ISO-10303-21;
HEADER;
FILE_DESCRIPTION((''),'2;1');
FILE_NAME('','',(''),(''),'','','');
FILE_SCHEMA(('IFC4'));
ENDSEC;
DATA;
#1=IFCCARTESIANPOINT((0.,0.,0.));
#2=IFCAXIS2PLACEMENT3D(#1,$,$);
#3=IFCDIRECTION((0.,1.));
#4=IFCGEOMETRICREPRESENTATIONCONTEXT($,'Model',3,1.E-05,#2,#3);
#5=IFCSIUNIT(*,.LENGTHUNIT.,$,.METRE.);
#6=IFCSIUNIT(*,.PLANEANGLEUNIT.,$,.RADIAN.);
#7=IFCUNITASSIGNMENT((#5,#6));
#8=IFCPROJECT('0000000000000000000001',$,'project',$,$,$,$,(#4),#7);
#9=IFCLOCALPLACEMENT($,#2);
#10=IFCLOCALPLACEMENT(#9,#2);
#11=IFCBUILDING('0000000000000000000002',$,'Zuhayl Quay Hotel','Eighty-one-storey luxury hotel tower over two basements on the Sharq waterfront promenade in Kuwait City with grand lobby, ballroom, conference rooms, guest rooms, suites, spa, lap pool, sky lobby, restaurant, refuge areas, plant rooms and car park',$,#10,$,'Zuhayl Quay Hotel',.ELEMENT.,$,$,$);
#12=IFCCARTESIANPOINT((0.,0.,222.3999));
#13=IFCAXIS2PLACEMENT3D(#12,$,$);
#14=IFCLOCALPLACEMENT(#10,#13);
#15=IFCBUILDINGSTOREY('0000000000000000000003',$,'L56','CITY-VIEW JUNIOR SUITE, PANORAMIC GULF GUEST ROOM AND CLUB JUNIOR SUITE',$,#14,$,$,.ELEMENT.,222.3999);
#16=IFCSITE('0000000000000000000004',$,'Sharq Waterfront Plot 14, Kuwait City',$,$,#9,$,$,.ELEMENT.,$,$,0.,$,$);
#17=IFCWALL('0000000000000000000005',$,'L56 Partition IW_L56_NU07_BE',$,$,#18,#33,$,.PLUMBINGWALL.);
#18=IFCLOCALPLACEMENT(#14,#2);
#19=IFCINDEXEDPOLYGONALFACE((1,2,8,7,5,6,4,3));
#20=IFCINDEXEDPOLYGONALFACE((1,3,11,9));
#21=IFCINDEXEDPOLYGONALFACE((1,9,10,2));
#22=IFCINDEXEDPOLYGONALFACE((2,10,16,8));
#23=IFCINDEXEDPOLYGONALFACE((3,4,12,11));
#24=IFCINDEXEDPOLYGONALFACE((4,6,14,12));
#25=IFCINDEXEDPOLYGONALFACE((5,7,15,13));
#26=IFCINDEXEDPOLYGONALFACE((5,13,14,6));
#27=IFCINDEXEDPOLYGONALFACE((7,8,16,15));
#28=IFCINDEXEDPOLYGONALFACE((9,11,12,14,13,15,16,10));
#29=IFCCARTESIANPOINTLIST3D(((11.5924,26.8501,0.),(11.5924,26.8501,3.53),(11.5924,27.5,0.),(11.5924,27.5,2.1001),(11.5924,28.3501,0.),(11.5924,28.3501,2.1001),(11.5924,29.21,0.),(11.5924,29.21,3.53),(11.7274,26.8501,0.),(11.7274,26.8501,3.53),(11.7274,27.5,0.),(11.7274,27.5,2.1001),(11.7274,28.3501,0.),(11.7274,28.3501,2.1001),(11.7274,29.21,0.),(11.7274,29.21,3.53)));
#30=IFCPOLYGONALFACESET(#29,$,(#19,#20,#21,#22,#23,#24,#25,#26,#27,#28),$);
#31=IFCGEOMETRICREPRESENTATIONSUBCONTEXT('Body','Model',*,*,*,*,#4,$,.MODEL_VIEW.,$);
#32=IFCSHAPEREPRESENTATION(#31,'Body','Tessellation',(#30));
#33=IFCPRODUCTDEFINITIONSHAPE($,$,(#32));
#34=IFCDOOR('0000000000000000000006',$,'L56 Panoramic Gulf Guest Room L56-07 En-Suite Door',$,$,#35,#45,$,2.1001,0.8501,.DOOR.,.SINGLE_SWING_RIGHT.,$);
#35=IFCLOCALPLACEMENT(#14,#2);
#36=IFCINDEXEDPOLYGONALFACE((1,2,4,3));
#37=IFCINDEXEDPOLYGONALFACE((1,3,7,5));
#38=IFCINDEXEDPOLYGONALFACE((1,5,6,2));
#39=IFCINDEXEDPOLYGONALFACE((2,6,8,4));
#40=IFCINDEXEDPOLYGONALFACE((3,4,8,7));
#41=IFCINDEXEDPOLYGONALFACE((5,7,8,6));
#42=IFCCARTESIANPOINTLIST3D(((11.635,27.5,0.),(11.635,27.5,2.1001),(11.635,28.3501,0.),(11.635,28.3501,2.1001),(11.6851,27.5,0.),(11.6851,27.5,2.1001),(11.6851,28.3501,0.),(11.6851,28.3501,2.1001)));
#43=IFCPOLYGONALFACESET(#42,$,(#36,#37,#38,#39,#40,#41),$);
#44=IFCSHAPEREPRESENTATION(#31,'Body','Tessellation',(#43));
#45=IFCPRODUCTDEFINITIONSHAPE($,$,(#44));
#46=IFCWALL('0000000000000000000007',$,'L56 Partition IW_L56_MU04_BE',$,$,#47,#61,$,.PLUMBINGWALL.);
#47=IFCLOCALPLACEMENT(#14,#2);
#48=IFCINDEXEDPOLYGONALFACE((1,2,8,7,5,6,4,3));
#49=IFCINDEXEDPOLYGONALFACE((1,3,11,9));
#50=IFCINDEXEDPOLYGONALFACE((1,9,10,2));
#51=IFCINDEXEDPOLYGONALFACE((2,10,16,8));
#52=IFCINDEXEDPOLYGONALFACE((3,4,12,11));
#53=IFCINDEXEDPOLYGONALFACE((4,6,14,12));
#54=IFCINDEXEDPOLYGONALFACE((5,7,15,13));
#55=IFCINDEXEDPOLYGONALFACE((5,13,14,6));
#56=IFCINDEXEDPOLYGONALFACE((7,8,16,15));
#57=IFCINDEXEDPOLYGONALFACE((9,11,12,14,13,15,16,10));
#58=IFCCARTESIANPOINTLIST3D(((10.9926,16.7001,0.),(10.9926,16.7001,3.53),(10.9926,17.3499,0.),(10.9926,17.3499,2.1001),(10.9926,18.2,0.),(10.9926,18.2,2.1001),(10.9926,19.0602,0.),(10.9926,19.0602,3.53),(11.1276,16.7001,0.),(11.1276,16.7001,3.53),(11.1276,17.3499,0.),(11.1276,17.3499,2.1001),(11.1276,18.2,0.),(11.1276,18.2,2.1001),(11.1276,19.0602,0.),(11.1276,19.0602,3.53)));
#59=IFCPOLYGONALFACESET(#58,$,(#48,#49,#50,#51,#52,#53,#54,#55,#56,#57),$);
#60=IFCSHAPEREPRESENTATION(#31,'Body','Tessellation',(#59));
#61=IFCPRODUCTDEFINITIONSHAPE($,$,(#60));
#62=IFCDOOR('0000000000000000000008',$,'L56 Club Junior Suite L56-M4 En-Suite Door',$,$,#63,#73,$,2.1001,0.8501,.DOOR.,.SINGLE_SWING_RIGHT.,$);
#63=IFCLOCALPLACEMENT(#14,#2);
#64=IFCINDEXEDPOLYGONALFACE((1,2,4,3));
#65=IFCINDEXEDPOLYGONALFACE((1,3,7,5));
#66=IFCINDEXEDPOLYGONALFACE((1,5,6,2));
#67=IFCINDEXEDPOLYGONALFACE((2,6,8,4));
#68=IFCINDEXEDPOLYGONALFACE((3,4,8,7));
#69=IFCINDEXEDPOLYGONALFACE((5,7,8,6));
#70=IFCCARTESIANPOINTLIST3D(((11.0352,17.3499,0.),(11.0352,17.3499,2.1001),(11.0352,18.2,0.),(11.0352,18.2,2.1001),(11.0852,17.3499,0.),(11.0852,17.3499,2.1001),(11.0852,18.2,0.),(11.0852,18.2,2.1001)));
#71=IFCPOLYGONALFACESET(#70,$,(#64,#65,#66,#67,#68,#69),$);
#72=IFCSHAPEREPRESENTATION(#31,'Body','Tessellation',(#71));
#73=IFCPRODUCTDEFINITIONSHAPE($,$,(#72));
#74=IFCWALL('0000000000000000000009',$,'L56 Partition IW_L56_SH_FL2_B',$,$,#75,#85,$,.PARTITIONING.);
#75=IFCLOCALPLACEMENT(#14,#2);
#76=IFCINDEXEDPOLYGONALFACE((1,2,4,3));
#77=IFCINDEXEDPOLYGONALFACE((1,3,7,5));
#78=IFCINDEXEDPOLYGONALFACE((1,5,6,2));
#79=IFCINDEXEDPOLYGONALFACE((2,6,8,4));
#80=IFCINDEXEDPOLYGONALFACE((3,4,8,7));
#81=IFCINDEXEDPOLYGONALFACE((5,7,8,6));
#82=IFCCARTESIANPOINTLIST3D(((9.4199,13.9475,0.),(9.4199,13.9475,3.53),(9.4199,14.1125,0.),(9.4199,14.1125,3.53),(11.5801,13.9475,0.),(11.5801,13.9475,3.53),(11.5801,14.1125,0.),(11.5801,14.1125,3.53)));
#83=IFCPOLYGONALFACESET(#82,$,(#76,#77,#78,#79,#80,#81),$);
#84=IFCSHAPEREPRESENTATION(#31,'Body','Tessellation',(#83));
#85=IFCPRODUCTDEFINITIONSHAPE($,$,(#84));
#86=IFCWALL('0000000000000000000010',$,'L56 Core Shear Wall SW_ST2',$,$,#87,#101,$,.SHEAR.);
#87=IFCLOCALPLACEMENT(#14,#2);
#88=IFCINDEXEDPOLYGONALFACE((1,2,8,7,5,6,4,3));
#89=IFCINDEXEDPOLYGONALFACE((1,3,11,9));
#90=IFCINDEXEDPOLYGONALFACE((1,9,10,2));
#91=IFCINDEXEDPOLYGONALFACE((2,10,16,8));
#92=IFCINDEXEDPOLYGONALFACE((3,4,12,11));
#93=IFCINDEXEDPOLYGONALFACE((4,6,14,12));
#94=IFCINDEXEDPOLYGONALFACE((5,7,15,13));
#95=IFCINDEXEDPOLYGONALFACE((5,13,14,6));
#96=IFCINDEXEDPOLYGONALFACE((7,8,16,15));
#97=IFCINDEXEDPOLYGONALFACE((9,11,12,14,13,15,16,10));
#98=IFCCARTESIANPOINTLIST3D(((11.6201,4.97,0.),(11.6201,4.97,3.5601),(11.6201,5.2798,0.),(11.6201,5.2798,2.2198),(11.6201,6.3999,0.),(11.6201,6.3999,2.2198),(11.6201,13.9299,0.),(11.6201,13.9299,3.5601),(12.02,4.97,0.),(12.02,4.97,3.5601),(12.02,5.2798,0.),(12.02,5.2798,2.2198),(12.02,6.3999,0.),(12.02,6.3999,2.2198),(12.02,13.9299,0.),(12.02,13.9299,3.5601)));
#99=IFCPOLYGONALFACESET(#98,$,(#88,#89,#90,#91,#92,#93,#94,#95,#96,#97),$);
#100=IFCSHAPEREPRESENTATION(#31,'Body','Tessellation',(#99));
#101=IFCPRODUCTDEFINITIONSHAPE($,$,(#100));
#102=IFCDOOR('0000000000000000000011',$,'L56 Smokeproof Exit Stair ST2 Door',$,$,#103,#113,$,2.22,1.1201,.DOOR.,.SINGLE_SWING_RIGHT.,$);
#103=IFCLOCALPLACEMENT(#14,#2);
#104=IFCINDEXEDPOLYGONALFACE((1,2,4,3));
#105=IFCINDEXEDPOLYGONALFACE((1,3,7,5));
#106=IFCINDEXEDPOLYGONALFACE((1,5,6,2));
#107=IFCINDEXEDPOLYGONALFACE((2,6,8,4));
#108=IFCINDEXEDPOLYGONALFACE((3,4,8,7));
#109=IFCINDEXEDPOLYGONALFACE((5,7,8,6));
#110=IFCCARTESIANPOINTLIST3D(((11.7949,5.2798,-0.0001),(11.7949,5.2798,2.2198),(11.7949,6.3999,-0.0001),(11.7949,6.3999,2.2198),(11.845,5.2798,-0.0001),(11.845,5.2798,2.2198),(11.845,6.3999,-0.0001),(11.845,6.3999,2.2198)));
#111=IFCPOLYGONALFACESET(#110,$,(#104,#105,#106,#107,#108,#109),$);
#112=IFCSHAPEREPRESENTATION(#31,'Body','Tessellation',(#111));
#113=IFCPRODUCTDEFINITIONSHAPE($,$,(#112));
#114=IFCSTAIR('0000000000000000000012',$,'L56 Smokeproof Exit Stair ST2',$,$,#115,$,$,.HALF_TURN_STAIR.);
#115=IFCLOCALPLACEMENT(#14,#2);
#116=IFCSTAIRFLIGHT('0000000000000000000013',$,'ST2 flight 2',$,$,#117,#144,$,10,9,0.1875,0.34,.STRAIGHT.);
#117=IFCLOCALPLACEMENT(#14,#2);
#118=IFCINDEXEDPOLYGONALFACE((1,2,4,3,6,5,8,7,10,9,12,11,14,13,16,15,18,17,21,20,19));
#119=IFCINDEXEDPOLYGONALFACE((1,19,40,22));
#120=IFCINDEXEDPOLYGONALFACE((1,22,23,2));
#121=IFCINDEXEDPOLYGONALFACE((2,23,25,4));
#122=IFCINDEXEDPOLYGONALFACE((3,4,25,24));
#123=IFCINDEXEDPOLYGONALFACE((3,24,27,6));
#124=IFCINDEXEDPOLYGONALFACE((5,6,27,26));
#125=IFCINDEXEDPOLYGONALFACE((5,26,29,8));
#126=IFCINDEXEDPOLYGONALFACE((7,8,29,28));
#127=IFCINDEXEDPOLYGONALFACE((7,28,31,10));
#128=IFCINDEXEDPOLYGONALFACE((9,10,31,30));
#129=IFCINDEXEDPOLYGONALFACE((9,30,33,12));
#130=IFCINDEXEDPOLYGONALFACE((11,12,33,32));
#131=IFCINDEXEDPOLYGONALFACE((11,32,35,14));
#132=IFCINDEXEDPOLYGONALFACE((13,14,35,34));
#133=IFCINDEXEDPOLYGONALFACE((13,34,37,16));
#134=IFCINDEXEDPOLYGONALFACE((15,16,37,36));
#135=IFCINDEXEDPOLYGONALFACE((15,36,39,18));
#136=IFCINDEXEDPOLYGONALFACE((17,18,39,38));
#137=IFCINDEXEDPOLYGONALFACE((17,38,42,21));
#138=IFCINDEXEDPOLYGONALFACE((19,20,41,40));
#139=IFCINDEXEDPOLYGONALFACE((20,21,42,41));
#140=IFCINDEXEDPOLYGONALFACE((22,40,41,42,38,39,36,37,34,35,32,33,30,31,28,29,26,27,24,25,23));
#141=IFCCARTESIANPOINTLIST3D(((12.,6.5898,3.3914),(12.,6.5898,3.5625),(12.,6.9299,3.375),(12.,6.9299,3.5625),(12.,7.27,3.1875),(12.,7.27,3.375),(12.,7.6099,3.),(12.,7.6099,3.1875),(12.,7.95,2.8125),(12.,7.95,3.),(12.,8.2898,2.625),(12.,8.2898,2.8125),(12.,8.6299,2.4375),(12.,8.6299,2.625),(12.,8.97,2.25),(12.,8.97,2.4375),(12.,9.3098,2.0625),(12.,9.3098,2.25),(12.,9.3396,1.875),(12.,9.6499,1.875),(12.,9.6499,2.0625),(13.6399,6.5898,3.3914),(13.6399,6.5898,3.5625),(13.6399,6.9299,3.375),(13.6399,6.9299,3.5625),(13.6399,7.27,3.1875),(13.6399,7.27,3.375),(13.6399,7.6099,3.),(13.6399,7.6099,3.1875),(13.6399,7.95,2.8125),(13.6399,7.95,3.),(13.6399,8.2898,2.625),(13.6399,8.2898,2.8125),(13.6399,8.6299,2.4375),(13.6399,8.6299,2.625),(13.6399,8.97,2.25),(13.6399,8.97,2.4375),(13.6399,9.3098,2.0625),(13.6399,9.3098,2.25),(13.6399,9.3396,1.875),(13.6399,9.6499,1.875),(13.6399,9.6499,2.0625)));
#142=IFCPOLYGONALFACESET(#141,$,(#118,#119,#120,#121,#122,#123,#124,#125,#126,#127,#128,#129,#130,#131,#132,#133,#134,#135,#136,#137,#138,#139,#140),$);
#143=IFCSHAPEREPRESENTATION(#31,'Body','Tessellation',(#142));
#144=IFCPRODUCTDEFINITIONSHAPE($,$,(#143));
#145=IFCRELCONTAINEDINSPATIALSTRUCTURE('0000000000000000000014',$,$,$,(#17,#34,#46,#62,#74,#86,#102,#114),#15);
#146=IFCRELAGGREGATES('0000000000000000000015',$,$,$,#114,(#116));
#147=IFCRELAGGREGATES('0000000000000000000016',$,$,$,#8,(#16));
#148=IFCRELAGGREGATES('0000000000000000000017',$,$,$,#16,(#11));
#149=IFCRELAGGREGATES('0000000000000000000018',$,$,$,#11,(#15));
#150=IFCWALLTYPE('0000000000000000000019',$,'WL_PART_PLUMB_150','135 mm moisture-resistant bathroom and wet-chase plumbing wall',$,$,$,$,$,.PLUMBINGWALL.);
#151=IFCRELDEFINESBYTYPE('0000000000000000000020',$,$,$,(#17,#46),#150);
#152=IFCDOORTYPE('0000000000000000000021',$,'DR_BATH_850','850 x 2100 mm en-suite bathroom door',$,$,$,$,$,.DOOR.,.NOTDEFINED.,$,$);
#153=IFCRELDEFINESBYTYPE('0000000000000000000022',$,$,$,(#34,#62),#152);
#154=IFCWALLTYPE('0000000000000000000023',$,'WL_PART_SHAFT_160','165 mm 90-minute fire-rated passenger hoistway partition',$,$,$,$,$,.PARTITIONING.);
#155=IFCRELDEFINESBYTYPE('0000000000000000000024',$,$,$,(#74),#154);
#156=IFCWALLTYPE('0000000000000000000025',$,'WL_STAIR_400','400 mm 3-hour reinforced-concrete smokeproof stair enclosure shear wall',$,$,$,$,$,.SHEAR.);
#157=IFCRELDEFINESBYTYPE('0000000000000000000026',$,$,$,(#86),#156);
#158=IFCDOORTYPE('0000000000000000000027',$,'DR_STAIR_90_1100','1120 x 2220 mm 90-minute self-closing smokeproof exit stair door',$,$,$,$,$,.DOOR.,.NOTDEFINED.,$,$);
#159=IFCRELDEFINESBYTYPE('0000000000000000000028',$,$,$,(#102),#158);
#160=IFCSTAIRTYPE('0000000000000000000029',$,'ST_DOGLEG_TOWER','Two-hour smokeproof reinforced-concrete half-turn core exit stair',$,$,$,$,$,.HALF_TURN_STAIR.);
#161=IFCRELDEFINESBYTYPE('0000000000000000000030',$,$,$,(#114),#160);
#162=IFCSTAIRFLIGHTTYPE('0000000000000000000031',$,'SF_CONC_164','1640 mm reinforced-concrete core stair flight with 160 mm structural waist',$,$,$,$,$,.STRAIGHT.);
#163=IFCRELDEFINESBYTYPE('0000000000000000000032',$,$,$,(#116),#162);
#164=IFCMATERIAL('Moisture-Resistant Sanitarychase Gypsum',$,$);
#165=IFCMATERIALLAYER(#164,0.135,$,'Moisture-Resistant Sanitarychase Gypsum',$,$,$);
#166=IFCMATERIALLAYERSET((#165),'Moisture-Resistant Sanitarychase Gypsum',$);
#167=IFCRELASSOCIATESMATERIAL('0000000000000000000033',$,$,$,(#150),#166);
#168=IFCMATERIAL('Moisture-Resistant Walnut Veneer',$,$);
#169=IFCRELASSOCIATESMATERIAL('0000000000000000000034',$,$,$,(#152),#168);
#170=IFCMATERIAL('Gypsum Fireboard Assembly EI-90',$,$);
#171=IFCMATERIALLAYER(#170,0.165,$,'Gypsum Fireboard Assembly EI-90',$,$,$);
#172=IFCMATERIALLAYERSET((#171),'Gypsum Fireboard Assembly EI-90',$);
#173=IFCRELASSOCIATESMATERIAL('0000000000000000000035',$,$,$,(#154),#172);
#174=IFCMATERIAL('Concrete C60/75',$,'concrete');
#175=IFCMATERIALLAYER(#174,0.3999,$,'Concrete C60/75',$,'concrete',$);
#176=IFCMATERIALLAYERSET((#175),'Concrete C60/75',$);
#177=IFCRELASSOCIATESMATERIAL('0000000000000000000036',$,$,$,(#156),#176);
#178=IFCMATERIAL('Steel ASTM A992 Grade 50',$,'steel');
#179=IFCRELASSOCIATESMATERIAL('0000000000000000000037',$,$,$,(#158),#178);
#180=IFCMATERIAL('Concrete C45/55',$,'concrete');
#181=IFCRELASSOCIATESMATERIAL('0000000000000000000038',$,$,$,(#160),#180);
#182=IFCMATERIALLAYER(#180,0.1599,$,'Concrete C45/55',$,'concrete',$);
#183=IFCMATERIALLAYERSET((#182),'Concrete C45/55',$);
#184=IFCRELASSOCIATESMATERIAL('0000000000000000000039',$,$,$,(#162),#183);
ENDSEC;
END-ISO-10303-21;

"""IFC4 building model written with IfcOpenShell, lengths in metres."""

from ifc_helpers import new_model, si_unit, direction, frame, frame_2d, origin, place, context, subcontext, project, spatial, polyline, rectangle, outline, extrude, material, layer, layer_set, type_object, element, fill, aggregate, save


model = new_model("IFC4")

# Units and contexts
model_context = context("Model", 3, precision=1e-05, world=origin(), true_north=direction((0.0, 1.0)))
body_context = subcontext(model_context, "Body", "Model", "MODEL_VIEW")
ifc_project = project(units=[si_unit("LENGTHUNIT", "METRE"), si_unit("PLANEANGLEUNIT", "RADIAN")], contexts=[model_context])

# Site, building, storey
site_placement = place(None, origin())
site = spatial("IfcSite", under=ifc_project, at=site_placement, Name="Sharq Waterfront Plot 14, Kuwait City", CompositionType="ELEMENT", RefElevation=0.0)
building_placement = place(site_placement, origin())
building = spatial("IfcBuilding", under=site, at=building_placement, Name="Zuhayl Quay Hotel", Description="Eighty-one-storey luxury hotel tower over two basements on the Sharq waterfront promenade in Kuwait City with grand lobby, ballroom, conference rooms, guest rooms, suites, spa, lap pool, sky lobby, restaurant, refuge areas, plant rooms and car park", LongName="Zuhayl Quay Hotel", CompositionType="ELEMENT")
storey_placement = place(building_placement, frame((0.0, 0.0, 222.3999)))
storey = spatial("IfcBuildingStorey", under=building, at=storey_placement, Name="L56", Description="CITY-VIEW JUNIOR SUITE, PANORAMIC GULF GUEST ROOM AND CLUB JUNIOR SUITE", CompositionType="ELEMENT", Elevation=222.3999)

# Shared definitions
ifc_material_1 = material(Name="Concrete C60/75", Category="concrete")

# Shared definitions
ifc_material_2 = material(Name="Steel ASTM A992 Grade 50", Category="steel")

# Walls, openings, doors
ifc_material_3 = material(Name="Moisture-Resistant Sanitarychase Gypsum")
ifc_layer_1 = layer(ifc_material_3, 0.135, Name="Moisture-Resistant Sanitarychase Gypsum")
ifc_layer_set_1 = layer_set([ifc_layer_1], Name="Moisture-Resistant Sanitarychase Gypsum")
wall_type_1 = type_object("IfcWallType", Name="WL_PART_PLUMB_150", Description="135 mm moisture-resistant bathroom and wet-chase plumbing wall", PredefinedType="PLUMBINGWALL", material=ifc_layer_set_1)
wall_1_placement = place(storey_placement, frame((11.6599, 26.8501, 0.0), z_axis=(0.0, 0.0, 1.0), x_axis=(0.0, 1.0, 0.0)))
wall_1 = element("IfcWall", 1, at=wall_1_placement, inside=storey, type_object=wall_type_1, Name="L56 Partition IW_L56_NU07_BE", PredefinedType="PLUMBINGWALL", context=body_context, shape_type="SweptSolid", body=[
    extrude(rectangle(XDim=2.3599, YDim=0.135, at=frame_2d((1.1799, 0.0))), origin(), (0.0, 0.0, 1.0), 3.53),
])
opening_1_placement = place(wall_1_placement, frame((0.6499, 0.0, 0.0)))
opening_1 = element("IfcOpeningElement", 2, at=opening_1_placement, cuts=wall_1, PredefinedType="OPENING", context=body_context, shape_type="SweptSolid", body=[
    extrude(rectangle(XDim=0.8501, YDim=2.1001, at=frame_2d((0.425, 1.05))), frame((0.0, 0.0774, 0.0), z_axis=(0.0, -1.0, 0.0), x_axis=(1.0, 0.0, 0.0)), (0.0, 0.0, 1.0), 0.155),
])
ifc_material_4 = material(Name="Moisture-Resistant Walnut Veneer")
door_type_1 = type_object("IfcDoorType", Name="DR_BATH_850", Description="850 x 2100 mm en-suite bathroom door", OperationType="NOTDEFINED", PredefinedType="DOOR", material=ifc_material_4)
door_1_placement = place(opening_1_placement, origin())
door_1 = element("IfcDoor", 3, at=door_1_placement, inside=storey, type_object=door_type_1, Name="L56 Panoramic Gulf Guest Room L56-07 En-Suite Door", OperationType="SINGLE_SWING_RIGHT", OverallHeight=2.1001, OverallWidth=0.8501, PredefinedType="DOOR", context=body_context, shape_type="SweptSolid", body=[
    extrude(rectangle(XDim=0.8501, YDim=2.1001, at=frame_2d((0.425, 1.05))), frame((0.0, 0.0249, 0.0), z_axis=(0.0, -1.0, 0.0), x_axis=(1.0, 0.0, 0.0)), (0.0, 0.0, 1.0), 0.05),
])
fill(opening_1, door_1)
wall_2_placement = place(storey_placement, frame((11.0601, 16.7, 0.0), z_axis=(0.0, 0.0, 1.0), x_axis=(0.0, 1.0, 0.0)))
wall_2 = element("IfcWall", 4, at=wall_2_placement, inside=storey, type_object=wall_type_1, Name="L56 Partition IW_L56_MU04_BE", PredefinedType="PLUMBINGWALL", context=body_context, shape_type="SweptSolid", body=[
    extrude(rectangle(XDim=2.3601, YDim=0.135, at=frame_2d((1.1802, 0.0))), origin(), (0.0, 0.0, 1.0), 3.53),
])
opening_2_placement = place(wall_2_placement, frame((0.6499, 0.0, 0.0)))
opening_2 = element("IfcOpeningElement", 5, at=opening_2_placement, cuts=wall_2, PredefinedType="OPENING", context=body_context, shape_type="SweptSolid", body=[
    extrude(rectangle(XDim=0.8501, YDim=2.1001, at=frame_2d((0.425, 1.05))), frame((0.0, 0.0774, 0.0), z_axis=(0.0, -1.0, 0.0), x_axis=(1.0, 0.0, 0.0)), (0.0, 0.0, 1.0), 0.155),
])
door_2_placement = place(opening_2_placement, origin())
door_2 = element("IfcDoor", 6, at=door_2_placement, inside=storey, type_object=door_type_1, Name="L56 Club Junior Suite L56-M4 En-Suite Door", OperationType="SINGLE_SWING_RIGHT", OverallHeight=2.1001, OverallWidth=0.8501, PredefinedType="DOOR", context=body_context, shape_type="SweptSolid", body=[
    extrude(rectangle(XDim=0.8501, YDim=2.1001, at=frame_2d((0.425, 1.05))), frame((0.0, 0.0249, 0.0), z_axis=(0.0, -1.0, 0.0), x_axis=(1.0, 0.0, 0.0)), (0.0, 0.0, 1.0), 0.05),
])
fill(opening_2, door_2)

# Wall
ifc_material_5 = material(Name="Gypsum Fireboard Assembly EI-90")
ifc_layer_2 = layer(ifc_material_5, 0.165, Name="Gypsum Fireboard Assembly EI-90")
ifc_layer_set_2 = layer_set([ifc_layer_2], Name="Gypsum Fireboard Assembly EI-90")
wall_type_2 = type_object("IfcWallType", Name="WL_PART_SHAFT_160", Description="165 mm 90-minute fire-rated passenger hoistway partition", PredefinedType="PARTITIONING", material=ifc_layer_set_2)
wall_3_placement = place(storey_placement, frame((9.4199, 14.03, 0.0), z_axis=(0.0, 0.0, 1.0), x_axis=(1.0, 0.0, 0.0)))
element("IfcWall", 7, at=wall_3_placement, inside=storey, type_object=wall_type_2, Name="L56 Partition IW_L56_SH_FL2_B", PredefinedType="PARTITIONING", context=body_context, shape_type="SweptSolid", body=[
    extrude(rectangle(XDim=2.1602, YDim=0.165, at=frame_2d((1.0801, 0.0))), origin(), (0.0, 0.0, 1.0), 3.53),
])

# Wall, opening, door
ifc_layer_3 = layer(ifc_material_1, 0.3999, Name="Concrete C60/75", Category="concrete")
ifc_layer_set_3 = layer_set([ifc_layer_3], Name="Concrete C60/75")
wall_type_3 = type_object("IfcWallType", Name="WL_STAIR_400", Description="400 mm 3-hour reinforced-concrete smokeproof stair enclosure shear wall", PredefinedType="SHEAR", material=ifc_layer_set_3)
wall_4_placement = place(storey_placement, frame((11.8201, 13.9299, 0.0), z_axis=(0.0, 0.0, 1.0), x_axis=(0.0, -1.0, 0.0)))
wall_4 = element("IfcWall", 8, at=wall_4_placement, inside=storey, type_object=wall_type_3, Name="L56 Core Shear Wall SW_ST2", PredefinedType="SHEAR", context=body_context, shape_type="SweptSolid", body=[
    extrude(rectangle(XDim=8.96, YDim=0.3999, at=frame_2d((4.48, 0.0))), origin(), (0.0, 0.0, 1.0), 3.5601),
])
opening_3_placement = place(wall_4_placement, frame((7.53, 0.0, 0.0)))
opening_3 = element("IfcOpeningElement", 9, at=opening_3_placement, cuts=wall_4, PredefinedType="OPENING", context=body_context, shape_type="SweptSolid", body=[
    extrude(rectangle(XDim=1.1201, YDim=2.22, at=frame_2d((0.5601, 1.1099))), frame((0.0, 0.21, 0.0), z_axis=(0.0, -1.0, 0.0), x_axis=(1.0, 0.0, 0.0)), (0.0, 0.0, 1.0), 0.4199),
])
door_type_2 = type_object("IfcDoorType", Name="DR_STAIR_90_1100", Description="1120 x 2220 mm 90-minute self-closing smokeproof exit stair door", OperationType="NOTDEFINED", PredefinedType="DOOR", material=ifc_material_2)
door_3_placement = place(opening_3_placement, origin())
door_3 = element("IfcDoor", 10, at=door_3_placement, inside=storey, type_object=door_type_2, Name="L56 Smokeproof Exit Stair ST2 Door", OperationType="SINGLE_SWING_RIGHT", OverallHeight=2.22, OverallWidth=1.1201, PredefinedType="DOOR", context=body_context, shape_type="SweptSolid", body=[
    extrude(rectangle(XDim=1.1201, YDim=2.22, at=frame_2d((0.5601, 1.1099))), frame((0.0, 0.0249, 0.0), z_axis=(0.0, -1.0, 0.0), x_axis=(1.0, 0.0, 0.0)), (0.0, 0.0, 1.0), 0.05),
])
fill(opening_3, door_3)

# Stair, stair flight
ifc_material_6 = material(Name="Concrete C45/55", Category="concrete")
stair_type = type_object("IfcStairType", Name="ST_DOGLEG_TOWER", Description="Two-hour smokeproof reinforced-concrete half-turn core exit stair", PredefinedType="HALF_TURN_STAIR", material=ifc_material_6)
stair_placement = place(storey_placement, origin())
stair = element("IfcStair", 11, at=stair_placement, inside=storey, type_object=stair_type, Name="L56 Smokeproof Exit Stair ST2", PredefinedType="HALF_TURN_STAIR")
ifc_layer_4 = layer(ifc_material_6, 0.1599, Name="Concrete C45/55", Category="concrete")
ifc_layer_set_4 = layer_set([ifc_layer_4], Name="Concrete C45/55")
stair_flight_type = type_object("IfcStairFlightType", Name="SF_CONC_164", Description="1640 mm reinforced-concrete core stair flight with 160 mm structural waist", PredefinedType="STRAIGHT", material=ifc_layer_set_4)
stair_flight_placement = place(storey_placement, frame((12.8201, 9.6499, 1.875), z_axis=(0.0, 0.0, 1.0), x_axis=(0.0, -1.0, 0.0)))
stair_flight = element("IfcStairFlight", 12, at=stair_flight_placement, type_object=stair_flight_type, Name="ST2 flight 2", NumberOfRisers=10, NumberOfTreads=9, PredefinedType="STRAIGHT", RiserHeight=0.1875, TreadLength=0.34, context=body_context, shape_type="SweptSolid", body=[
    extrude(outline(polyline([(0.0, 0.0), (0.0, 0.1875), (0.3401, 0.1875), (0.3401, 0.375), (0.6799, 0.375), (0.6799, 0.5625), (1.02, 0.5625), (1.02, 0.75), (1.3601, 0.75), (1.3601, 0.9375), (1.7, 0.9375), (1.7, 1.125), (2.04, 1.125), (2.04, 1.3125), (2.3799, 1.3125), (2.3799, 1.5), (2.72, 1.5), (2.72, 1.6875), (3.0601, 1.6875), (3.0601, 1.875), (3.0601, 1.5164), (0.3103, 0.0), (0.0, 0.0)])), frame((0.0, 0.8198, 0.0), z_axis=(0.0, -1.0, 0.0), x_axis=(1.0, 0.0, 0.0)), (0.0, 0.0, 1.0), 1.6399),
])
aggregate(stair, [stair_flight])

save(model, "model.ifc")
